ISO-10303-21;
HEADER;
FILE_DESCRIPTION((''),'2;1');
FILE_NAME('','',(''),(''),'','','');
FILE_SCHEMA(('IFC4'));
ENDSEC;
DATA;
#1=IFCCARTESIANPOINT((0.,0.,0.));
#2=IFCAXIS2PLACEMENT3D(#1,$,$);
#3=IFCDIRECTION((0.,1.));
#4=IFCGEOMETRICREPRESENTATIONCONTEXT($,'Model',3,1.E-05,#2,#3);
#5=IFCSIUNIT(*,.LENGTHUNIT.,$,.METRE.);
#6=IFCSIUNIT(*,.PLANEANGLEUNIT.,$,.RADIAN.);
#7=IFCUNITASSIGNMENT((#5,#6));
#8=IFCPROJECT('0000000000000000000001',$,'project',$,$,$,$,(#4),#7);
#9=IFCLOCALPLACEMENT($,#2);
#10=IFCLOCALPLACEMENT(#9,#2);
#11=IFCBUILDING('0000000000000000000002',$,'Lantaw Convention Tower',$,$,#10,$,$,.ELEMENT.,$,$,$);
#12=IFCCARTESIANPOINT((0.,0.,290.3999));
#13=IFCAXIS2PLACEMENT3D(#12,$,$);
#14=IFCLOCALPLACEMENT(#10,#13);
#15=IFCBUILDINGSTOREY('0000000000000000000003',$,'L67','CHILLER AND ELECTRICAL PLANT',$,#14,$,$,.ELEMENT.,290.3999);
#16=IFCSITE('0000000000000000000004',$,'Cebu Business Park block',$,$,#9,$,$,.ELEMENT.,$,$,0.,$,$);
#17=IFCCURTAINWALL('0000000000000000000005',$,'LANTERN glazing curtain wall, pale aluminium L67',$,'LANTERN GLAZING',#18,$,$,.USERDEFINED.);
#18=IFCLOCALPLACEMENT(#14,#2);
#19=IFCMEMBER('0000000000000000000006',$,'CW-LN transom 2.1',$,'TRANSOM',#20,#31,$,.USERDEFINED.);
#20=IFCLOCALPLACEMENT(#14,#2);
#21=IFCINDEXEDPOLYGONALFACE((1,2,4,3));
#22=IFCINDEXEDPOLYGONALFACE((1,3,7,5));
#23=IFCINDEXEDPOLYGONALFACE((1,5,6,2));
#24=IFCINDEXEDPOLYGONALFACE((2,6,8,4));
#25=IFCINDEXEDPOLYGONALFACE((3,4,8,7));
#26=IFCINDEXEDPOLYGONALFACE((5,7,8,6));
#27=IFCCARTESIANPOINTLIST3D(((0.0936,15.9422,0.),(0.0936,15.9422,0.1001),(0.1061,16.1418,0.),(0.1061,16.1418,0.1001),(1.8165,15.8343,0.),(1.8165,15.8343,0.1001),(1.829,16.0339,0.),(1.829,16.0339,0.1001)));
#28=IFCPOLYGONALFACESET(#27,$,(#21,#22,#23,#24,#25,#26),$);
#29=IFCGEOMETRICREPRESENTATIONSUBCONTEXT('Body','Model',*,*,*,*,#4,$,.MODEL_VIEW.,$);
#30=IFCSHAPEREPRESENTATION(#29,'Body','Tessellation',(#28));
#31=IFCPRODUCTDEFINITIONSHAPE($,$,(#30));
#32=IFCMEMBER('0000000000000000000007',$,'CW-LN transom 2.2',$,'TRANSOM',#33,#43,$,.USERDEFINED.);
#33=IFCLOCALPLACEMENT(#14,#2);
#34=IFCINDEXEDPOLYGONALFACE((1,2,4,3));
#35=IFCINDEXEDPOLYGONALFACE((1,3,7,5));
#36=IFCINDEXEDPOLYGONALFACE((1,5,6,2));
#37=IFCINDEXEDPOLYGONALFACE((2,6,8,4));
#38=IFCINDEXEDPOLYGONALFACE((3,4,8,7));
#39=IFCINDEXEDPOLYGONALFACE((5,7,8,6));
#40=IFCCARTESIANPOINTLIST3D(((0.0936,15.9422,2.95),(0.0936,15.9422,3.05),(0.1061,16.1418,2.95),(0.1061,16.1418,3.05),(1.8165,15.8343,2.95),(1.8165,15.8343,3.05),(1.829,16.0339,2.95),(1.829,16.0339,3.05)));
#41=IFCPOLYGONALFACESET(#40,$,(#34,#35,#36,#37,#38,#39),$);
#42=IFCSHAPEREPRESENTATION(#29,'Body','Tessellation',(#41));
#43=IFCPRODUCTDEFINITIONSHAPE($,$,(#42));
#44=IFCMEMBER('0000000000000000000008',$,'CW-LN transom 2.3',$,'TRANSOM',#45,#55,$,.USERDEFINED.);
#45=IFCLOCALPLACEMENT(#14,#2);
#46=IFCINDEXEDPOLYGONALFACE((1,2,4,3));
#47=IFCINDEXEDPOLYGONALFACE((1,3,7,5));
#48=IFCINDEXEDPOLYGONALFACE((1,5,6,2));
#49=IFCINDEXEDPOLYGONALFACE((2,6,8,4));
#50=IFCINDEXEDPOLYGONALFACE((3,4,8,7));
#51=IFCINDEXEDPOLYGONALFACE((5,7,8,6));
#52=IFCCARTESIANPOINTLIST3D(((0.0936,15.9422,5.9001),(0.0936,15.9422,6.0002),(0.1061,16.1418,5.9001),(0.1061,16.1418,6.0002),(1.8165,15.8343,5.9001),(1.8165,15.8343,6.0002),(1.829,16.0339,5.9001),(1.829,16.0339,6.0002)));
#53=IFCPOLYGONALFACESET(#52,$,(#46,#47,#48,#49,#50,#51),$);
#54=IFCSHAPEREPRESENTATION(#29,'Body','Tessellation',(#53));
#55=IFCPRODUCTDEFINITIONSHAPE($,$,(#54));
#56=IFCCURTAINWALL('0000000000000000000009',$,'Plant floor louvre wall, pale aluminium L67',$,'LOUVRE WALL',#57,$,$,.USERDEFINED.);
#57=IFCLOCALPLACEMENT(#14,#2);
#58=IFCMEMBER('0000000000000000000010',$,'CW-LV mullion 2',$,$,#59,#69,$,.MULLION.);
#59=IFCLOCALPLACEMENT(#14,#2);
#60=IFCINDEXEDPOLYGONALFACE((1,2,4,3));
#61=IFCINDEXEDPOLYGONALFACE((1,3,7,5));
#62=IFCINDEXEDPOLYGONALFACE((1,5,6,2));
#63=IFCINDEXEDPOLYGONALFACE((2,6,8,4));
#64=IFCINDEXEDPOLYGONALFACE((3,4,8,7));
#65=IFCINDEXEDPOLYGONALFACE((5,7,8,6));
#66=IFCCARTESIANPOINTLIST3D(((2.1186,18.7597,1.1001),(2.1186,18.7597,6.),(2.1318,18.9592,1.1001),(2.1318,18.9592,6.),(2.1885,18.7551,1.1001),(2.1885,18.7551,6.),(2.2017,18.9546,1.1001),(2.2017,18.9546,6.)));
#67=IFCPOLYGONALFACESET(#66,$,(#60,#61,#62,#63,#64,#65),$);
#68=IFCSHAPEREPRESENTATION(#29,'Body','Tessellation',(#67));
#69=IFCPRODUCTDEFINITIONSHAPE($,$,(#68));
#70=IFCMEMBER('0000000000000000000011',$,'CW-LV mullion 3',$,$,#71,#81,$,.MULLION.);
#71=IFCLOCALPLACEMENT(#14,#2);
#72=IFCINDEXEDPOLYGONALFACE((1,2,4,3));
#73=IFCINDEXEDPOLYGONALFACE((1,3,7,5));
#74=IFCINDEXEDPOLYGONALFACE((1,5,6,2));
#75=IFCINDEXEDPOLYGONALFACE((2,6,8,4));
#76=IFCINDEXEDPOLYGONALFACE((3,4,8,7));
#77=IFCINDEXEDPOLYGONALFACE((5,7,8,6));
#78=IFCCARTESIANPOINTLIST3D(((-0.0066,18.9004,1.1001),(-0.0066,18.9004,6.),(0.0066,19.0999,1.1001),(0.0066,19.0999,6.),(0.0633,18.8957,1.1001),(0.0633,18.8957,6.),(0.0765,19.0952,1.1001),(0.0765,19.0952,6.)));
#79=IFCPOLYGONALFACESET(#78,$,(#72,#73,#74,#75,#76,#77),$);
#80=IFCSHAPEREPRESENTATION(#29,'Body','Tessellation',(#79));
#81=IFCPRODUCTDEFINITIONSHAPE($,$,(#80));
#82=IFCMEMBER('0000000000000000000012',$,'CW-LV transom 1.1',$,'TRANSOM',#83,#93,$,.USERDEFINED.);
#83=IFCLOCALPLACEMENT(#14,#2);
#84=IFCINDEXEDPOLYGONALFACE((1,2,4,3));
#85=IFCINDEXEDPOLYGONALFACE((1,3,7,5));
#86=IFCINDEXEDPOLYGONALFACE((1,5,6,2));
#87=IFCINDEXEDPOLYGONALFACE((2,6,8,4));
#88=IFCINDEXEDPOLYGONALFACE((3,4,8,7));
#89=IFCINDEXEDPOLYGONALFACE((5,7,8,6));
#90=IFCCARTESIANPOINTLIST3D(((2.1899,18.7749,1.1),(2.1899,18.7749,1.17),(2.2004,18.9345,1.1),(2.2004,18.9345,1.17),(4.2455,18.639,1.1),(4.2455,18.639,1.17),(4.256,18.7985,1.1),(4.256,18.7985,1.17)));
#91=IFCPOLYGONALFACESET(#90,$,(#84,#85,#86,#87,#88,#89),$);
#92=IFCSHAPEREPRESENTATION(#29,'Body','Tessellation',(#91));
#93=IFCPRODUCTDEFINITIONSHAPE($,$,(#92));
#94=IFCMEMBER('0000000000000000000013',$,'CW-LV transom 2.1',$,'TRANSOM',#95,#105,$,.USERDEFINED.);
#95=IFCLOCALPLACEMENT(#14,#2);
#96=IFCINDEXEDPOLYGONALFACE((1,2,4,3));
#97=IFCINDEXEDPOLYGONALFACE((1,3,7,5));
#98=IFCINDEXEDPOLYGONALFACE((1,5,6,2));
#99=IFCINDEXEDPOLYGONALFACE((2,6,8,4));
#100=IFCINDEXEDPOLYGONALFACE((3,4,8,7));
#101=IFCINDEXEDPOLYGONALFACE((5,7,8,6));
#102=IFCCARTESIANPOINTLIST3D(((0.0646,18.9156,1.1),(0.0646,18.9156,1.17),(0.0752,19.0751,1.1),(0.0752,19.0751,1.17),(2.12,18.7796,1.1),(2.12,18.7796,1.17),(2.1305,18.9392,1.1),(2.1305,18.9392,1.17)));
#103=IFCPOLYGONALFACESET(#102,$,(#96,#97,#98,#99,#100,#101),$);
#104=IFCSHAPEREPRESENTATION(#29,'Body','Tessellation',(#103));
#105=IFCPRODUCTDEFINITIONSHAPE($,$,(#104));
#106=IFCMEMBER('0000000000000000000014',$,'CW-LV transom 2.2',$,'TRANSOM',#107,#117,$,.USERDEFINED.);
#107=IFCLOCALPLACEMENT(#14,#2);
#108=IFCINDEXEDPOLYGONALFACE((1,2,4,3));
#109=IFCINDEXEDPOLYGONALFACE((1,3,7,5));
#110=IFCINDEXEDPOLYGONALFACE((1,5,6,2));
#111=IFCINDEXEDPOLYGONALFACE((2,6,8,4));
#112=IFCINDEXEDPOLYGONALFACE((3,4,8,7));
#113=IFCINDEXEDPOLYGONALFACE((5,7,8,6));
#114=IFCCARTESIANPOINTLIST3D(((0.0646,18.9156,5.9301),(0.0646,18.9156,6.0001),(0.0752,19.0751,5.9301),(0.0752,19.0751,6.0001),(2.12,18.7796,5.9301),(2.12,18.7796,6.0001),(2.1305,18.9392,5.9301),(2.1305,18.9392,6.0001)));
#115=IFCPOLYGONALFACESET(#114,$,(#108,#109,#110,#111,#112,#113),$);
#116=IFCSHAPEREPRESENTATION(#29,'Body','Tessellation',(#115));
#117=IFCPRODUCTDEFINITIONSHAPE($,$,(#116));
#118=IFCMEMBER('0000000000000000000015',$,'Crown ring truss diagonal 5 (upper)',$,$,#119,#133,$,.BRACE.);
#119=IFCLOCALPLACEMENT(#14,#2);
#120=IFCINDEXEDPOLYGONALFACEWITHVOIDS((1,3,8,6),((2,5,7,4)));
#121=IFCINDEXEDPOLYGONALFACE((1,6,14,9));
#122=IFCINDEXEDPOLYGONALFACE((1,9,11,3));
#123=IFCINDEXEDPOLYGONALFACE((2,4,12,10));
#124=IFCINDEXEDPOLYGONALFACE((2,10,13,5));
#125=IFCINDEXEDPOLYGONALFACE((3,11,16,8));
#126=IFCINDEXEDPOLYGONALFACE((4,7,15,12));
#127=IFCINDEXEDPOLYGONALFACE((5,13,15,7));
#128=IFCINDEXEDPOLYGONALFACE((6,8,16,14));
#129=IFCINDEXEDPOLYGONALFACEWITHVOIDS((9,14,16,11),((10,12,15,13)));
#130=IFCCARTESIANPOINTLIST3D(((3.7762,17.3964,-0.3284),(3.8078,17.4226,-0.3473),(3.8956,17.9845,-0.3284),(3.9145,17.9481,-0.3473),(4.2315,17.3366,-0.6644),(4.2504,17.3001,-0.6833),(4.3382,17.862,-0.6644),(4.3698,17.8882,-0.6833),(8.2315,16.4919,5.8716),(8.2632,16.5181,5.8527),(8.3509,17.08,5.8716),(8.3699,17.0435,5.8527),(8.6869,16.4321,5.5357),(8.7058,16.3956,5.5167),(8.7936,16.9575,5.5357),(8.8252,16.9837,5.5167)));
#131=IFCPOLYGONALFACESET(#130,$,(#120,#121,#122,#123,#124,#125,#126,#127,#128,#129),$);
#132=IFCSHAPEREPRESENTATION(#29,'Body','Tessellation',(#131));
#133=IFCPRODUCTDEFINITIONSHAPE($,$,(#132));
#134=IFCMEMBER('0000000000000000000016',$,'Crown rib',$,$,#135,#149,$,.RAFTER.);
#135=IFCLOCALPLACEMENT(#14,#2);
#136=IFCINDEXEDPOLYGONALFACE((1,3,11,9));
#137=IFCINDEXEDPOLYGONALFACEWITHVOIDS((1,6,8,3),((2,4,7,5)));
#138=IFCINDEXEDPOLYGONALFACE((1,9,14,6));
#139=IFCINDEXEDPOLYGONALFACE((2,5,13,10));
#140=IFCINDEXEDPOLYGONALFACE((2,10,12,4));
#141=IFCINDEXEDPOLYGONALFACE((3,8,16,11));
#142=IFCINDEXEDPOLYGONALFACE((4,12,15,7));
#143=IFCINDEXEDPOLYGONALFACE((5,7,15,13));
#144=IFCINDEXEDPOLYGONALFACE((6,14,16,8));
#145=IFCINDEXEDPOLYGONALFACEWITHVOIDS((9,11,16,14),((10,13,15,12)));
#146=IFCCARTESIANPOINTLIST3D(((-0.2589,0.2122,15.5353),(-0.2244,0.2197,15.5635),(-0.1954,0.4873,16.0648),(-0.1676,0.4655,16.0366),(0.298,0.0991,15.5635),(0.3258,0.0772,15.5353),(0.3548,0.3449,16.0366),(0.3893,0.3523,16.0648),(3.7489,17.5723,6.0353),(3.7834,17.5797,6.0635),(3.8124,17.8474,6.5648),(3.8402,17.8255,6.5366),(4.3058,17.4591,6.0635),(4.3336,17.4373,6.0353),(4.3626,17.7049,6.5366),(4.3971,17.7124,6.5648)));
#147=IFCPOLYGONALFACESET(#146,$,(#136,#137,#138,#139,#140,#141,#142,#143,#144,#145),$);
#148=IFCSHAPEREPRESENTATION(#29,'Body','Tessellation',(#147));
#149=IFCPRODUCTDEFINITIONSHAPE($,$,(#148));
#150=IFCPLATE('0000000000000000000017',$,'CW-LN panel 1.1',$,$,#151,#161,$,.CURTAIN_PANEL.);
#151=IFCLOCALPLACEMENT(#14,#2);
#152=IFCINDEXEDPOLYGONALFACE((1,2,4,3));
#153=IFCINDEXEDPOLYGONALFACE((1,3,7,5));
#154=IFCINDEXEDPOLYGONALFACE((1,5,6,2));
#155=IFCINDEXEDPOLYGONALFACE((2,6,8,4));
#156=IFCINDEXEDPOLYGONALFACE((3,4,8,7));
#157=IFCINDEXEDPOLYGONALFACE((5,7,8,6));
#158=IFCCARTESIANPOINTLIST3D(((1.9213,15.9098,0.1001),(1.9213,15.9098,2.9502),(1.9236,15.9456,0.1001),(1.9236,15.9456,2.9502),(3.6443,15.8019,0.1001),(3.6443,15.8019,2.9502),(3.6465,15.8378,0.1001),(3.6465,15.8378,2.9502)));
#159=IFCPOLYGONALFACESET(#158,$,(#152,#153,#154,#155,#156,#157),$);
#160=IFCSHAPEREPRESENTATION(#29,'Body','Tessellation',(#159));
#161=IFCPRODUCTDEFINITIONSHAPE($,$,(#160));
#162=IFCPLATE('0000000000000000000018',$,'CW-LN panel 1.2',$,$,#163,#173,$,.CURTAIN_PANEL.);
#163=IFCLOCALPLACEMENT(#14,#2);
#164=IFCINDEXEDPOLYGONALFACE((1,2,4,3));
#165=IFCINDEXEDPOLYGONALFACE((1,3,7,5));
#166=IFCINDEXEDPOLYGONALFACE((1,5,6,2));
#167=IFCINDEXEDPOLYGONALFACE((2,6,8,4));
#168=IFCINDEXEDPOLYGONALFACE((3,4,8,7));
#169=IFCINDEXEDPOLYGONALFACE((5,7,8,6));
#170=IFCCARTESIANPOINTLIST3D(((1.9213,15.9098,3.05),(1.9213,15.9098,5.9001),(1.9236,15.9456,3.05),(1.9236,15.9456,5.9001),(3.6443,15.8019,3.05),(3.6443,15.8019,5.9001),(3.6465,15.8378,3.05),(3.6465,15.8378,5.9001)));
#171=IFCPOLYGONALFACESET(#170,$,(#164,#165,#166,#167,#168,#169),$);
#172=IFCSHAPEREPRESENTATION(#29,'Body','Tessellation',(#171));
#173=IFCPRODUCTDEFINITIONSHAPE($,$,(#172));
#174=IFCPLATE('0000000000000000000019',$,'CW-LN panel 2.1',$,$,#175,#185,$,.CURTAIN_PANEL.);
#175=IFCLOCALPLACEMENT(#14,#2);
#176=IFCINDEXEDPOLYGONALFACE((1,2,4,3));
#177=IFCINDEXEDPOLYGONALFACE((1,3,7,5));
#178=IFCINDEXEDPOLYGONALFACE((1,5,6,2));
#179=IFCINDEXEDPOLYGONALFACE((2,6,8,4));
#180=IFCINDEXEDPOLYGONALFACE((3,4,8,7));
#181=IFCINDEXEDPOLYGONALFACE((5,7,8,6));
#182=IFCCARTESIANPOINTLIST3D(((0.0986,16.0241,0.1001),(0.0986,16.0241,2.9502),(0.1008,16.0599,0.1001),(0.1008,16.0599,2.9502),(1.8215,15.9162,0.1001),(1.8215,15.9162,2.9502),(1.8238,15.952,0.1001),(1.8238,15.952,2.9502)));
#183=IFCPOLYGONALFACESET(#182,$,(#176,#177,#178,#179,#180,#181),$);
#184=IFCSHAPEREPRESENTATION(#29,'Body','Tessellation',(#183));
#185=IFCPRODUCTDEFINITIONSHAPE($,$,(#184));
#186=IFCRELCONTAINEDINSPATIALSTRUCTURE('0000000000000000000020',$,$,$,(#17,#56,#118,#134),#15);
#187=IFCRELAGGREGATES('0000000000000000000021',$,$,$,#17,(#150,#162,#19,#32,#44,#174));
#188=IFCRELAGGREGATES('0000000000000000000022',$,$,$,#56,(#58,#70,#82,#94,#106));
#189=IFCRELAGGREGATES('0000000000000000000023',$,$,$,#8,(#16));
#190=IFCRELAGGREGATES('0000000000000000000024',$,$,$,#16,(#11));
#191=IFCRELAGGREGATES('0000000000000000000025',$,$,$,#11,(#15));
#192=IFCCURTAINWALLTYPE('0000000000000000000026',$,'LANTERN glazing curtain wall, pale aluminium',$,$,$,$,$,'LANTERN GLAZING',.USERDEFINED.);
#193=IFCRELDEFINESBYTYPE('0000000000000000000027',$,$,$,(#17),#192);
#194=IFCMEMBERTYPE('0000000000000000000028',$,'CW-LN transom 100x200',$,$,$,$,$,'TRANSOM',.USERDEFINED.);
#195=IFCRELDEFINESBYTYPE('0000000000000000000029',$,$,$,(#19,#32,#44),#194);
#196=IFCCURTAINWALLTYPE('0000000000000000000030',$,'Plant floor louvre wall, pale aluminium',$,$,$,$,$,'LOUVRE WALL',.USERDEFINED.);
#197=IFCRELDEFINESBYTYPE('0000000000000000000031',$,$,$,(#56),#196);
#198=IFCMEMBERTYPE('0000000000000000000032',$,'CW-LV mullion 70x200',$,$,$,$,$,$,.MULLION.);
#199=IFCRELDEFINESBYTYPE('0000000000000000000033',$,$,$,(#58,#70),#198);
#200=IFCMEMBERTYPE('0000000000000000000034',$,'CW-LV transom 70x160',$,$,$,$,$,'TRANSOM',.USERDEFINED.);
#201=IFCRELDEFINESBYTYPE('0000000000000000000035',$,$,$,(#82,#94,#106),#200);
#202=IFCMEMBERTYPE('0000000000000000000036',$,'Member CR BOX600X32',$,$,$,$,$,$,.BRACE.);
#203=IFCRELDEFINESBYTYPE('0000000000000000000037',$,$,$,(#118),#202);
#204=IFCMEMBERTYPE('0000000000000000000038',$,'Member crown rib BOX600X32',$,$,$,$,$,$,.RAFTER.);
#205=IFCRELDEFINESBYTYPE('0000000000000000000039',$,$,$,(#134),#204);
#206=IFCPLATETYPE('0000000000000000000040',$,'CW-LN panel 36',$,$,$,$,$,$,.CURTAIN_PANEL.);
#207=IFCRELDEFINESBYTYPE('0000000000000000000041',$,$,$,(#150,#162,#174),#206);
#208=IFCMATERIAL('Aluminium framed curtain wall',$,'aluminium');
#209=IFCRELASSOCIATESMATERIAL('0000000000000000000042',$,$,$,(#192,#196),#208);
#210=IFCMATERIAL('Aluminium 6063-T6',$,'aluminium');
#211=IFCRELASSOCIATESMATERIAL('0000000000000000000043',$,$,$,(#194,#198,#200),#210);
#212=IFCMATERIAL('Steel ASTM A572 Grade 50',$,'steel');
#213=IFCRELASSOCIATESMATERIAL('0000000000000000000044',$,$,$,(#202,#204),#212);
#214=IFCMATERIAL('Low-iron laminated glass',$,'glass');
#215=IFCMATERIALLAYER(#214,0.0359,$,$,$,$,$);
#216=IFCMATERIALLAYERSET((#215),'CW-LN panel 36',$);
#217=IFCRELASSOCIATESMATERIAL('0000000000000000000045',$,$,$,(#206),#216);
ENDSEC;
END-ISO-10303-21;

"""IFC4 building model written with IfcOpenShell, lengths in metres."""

from ifc_helpers import new_model, si_unit, direction, frame, origin, origin_2d, place, context, subcontext, project, spatial, rectangle, hollow_rectangle, extrude, material, layer, layer_set, material_profile, profile_set, type_object, element, aggregate, save


model = new_model("IFC4")

# Units and contexts
model_context = context("Model", 3, precision=1e-05, world=origin(), true_north=direction((0.0, 1.0)))
body_context = subcontext(model_context, "Body", "Model", "MODEL_VIEW")
ifc_project = project(units=[si_unit("LENGTHUNIT", "METRE"), si_unit("PLANEANGLEUNIT", "RADIAN")], contexts=[model_context])

# Site, building, storey
site_placement = place(None, origin())
site = spatial("IfcSite", under=ifc_project, at=site_placement, Name="Cebu Business Park block", CompositionType="ELEMENT", RefElevation=0.0)
building_placement = place(site_placement, origin())
building = spatial("IfcBuilding", under=site, at=building_placement, Name="Lantaw Convention Tower", CompositionType="ELEMENT")
storey_placement = place(building_placement, frame((0.0, 0.0, 290.3999)))
storey = spatial("IfcBuildingStorey", under=building, at=storey_placement, Name="L67", Description="CHILLER AND ELECTRICAL PLANT", CompositionType="ELEMENT", Elevation=290.3999)

# Shared definitions
ifc_material_1 = material(Name="Steel ASTM A572 Grade 50", Category="steel")

# Shared definitions
ifc_material_2 = material(Name="Aluminium framed curtain wall", Category="aluminium")
curtain_wall_type_1 = type_object("IfcCurtainWallType", Name="LANTERN glazing curtain wall, pale aluminium", ElementType="LANTERN GLAZING", PredefinedType="USERDEFINED", material=ifc_material_2)
ifc_material_3 = material(Name="Aluminium 6063-T6", Category="aluminium")

# Curtain walls, members
curtain_wall_1_placement = place(storey_placement, origin())
curtain_wall_1 = element("IfcCurtainWall", 1, at=curtain_wall_1_placement, inside=storey, type_object=curtain_wall_type_1, Name="LANTERN glazing curtain wall, pale aluminium L67", ObjectType="LANTERN GLAZING", PredefinedType="USERDEFINED")
ifc_material_profile_1 = material_profile(ifc_material_3, rectangle(XDim=0.2, YDim=0.1001, at=origin_2d()), Name="CW-LN transom 100x200")
ifc_profile_set_1 = profile_set([ifc_material_profile_1], Name="Aluminium 6063-T6")
member_type_1 = type_object("IfcMemberType", Name="CW-LN transom 100x200", ElementType="TRANSOM", PredefinedType="USERDEFINED", material=ifc_profile_set_1)
member_1_placement = place(storey_placement, frame((1.8228, 15.9341, 0.05), z_axis=(-0.998044, 0.06251, 0.0), x_axis=(-0.06251, -0.998044, 0.0)))
member_1 = element("IfcMember", 2, at=member_1_placement, type_object=member_type_1, Name="CW-LN transom 2.1", ObjectType="TRANSOM", PredefinedType="USERDEFINED", context=body_context, shape_type="SweptSolid", body=[
    extrude(rectangle(XDim=0.2, YDim=0.1001, at=origin_2d()), origin(), (0.0, 0.0, 1.0), 1.7263),
])
member_2_placement = place(storey_placement, frame((1.8228, 15.9341, 3.0), z_axis=(-0.998044, 0.06251, 0.0), x_axis=(-0.06251, -0.998044, 0.0)))
member_2 = element("IfcMember", 3, at=member_2_placement, type_object=member_type_1, Name="CW-LN transom 2.2", ObjectType="TRANSOM", PredefinedType="USERDEFINED", context=body_context, shape_type="SweptSolid", body=[
    extrude(rectangle(XDim=0.2, YDim=0.1001, at=origin_2d()), origin(), (0.0, 0.0, 1.0), 1.7263),
])
member_3_placement = place(storey_placement, frame((1.8228, 15.9341, 5.9502), z_axis=(-0.998044, 0.06251, 0.0), x_axis=(-0.06251, -0.998044, 0.0)))
member_3 = element("IfcMember", 4, at=member_3_placement, type_object=member_type_1, Name="CW-LN transom 2.3", ObjectType="TRANSOM", PredefinedType="USERDEFINED", context=body_context, shape_type="SweptSolid", body=[
    extrude(rectangle(XDim=0.2, YDim=0.1001, at=origin_2d()), origin(), (0.0, 0.0, 1.0), 1.7263),
])
curtain_wall_type_2 = type_object("IfcCurtainWallType", Name="Plant floor louvre wall, pale aluminium", ElementType="LOUVRE WALL", PredefinedType="USERDEFINED", material=ifc_material_2)
curtain_wall_2_placement = place(storey_placement, origin())
curtain_wall_2 = element("IfcCurtainWall", 5, at=curtain_wall_2_placement, inside=storey, type_object=curtain_wall_type_2, Name="Plant floor louvre wall, pale aluminium L67", ObjectType="LOUVRE WALL", PredefinedType="USERDEFINED")
ifc_material_profile_2 = material_profile(ifc_material_3, rectangle(XDim=0.2, YDim=0.0701, at=origin_2d()), Name="CW-LV mullion 70x200")
ifc_profile_set_2 = profile_set([ifc_material_profile_2], Name="Aluminium 6063-T6")
member_type_2 = type_object("IfcMemberType", Name="CW-LV mullion 70x200", PredefinedType="MULLION", material=ifc_profile_set_2)
member_4_placement = place(storey_placement, frame((2.1602, 18.8572, 1.1001), z_axis=(0.0, 0.0, 1.0), x_axis=(-0.066025, -0.997818, 0.0)))
member_4 = element("IfcMember", 6, at=member_4_placement, type_object=member_type_2, Name="CW-LV mullion 2", PredefinedType="MULLION", context=body_context, shape_type="SweptSolid", body=[
    extrude(rectangle(XDim=0.2, YDim=0.0701, at=origin_2d()), origin(), (0.0, 0.0, 1.0), 4.8999),
])
member_5_placement = place(storey_placement, frame((0.0349, 18.9978, 1.1001), z_axis=(0.0, 0.0, 1.0), x_axis=(-0.066025, -0.997818, 0.0)))
member_5 = element("IfcMember", 7, at=member_5_placement, type_object=member_type_2, Name="CW-LV mullion 3", PredefinedType="MULLION", context=body_context, shape_type="SweptSolid", body=[
    extrude(rectangle(XDim=0.2, YDim=0.0701, at=origin_2d()), origin(), (0.0, 0.0, 1.0), 4.8999),
])
ifc_material_profile_3 = material_profile(ifc_material_3, rectangle(XDim=0.1599, YDim=0.0701, at=origin_2d()), Name="CW-LV transom 70x160")
ifc_profile_set_3 = profile_set([ifc_material_profile_3], Name="Aluminium 6063-T6")
member_type_3 = type_object("IfcMemberType", Name="CW-LV transom 70x160", ElementType="TRANSOM", PredefinedType="USERDEFINED", material=ifc_profile_set_3)
member_6_placement = place(storey_placement, frame((4.2507, 18.7188, 1.135), z_axis=(-0.997819, 0.066008, 0.0), x_axis=(-0.066008, -0.997819, 0.0)))
member_6 = element("IfcMember", 8, at=member_6_placement, type_object=member_type_3, Name="CW-LV transom 1.1", ObjectType="TRANSOM", PredefinedType="USERDEFINED", context=body_context, shape_type="SweptSolid", body=[
    extrude(rectangle(XDim=0.1599, YDim=0.0701, at=origin_2d()), origin(), (0.0, 0.0, 1.0), 2.0601),
])
member_7_placement = place(storey_placement, frame((2.1252, 18.8594, 1.135), z_axis=(-0.997819, 0.066016, 0.0), x_axis=(-0.066016, -0.997819, 0.0)))
member_7 = element("IfcMember", 9, at=member_7_placement, type_object=member_type_3, Name="CW-LV transom 2.1", ObjectType="TRANSOM", PredefinedType="USERDEFINED", context=body_context, shape_type="SweptSolid", body=[
    extrude(rectangle(XDim=0.1599, YDim=0.0701, at=origin_2d()), origin(), (0.0, 0.0, 1.0), 2.0598),
])
member_8_placement = place(storey_placement, frame((2.1252, 18.8594, 5.9651), z_axis=(-0.997819, 0.066016, 0.0), x_axis=(-0.066016, -0.997819, 0.0)))
member_8 = element("IfcMember", 10, at=member_8_placement, type_object=member_type_3, Name="CW-LV transom 2.2", ObjectType="TRANSOM", PredefinedType="USERDEFINED", context=body_context, shape_type="SweptSolid", body=[
    extrude(rectangle(XDim=0.1599, YDim=0.0701, at=origin_2d()), origin(), (0.0, 0.0, 1.0), 2.0598),
])

# Members
ifc_material_profile_4 = material_profile(ifc_material_1, hollow_rectangle(XDim=0.6001, YDim=0.6001, WallThickness=0.032, at=origin_2d()), Name="BOX600X32")
ifc_profile_set_4 = profile_set([ifc_material_profile_4], Name="Steel ASTM A572 Grade 50")
member_type_4 = type_object("IfcMemberType", Name="Member CR BOX600X32", PredefinedType="BRACE", material=ifc_profile_set_4)
member_9_placement = place(storey_placement, frame((4.073, 17.6423, -0.5059), z_axis=(0.579506, -0.117654, 0.806431), x_axis=(0.198966, 0.980006, 0.0)))
element("IfcMember", 11, at=member_9_placement, inside=storey, type_object=member_type_4, Name="Crown ring truss diagonal 5 (upper)", PredefinedType="BRACE", context=body_context, shape_type="SweptSolid", body=[
    extrude(hollow_rectangle(XDim=0.6001, YDim=0.6001, WallThickness=0.032, at=origin_2d()), origin(), (0.0, 0.0, 1.0), 7.6882),
])
ifc_material_profile_5 = material_profile(ifc_material_1, hollow_rectangle(XDim=0.6001, YDim=0.6001, WallThickness=0.032, at=origin_2d()), Name="BOX600X32")
ifc_profile_set_5 = profile_set([ifc_material_profile_5], Name="Steel ASTM A572 Grade 50")
member_type_5 = type_object("IfcMemberType", Name="Member crown rib BOX600X32", PredefinedType="RAFTER", material=ifc_profile_set_5)
member_10_placement = place(storey_placement, frame((4.073, 17.6423, 6.3), z_axis=(-0.198493, -0.859784, 0.470501), x_axis=(0.974371, -0.224947, 0.0)))
element("IfcMember", 12, at=member_10_placement, inside=storey, type_object=member_type_5, Name="Crown rib", PredefinedType="RAFTER", context=body_context, shape_type="SweptSolid", body=[
    extrude(hollow_rectangle(XDim=0.6001, YDim=0.6001, WallThickness=0.032, at=origin_2d()), origin(), (0.0, 0.0, 1.0), 20.1912),
])

# Plates
ifc_material_4 = material(Name="Low-iron laminated glass", Category="glass")
ifc_layer_1 = layer(ifc_material_4, 0.0359)
ifc_layer_set_1 = layer_set([ifc_layer_1], Name="CW-LN panel 36")
plate_type_1 = type_object("IfcPlateType", Name="CW-LN panel 36", PredefinedType="CURTAIN_PANEL", material=ifc_layer_set_1)
plate_1_placement = place(storey_placement, frame((2.7839, 15.8738, 0.1001), z_axis=(0.0, 0.0, 1.0), x_axis=(-0.998046, 0.062489, 0.0)))
plate_1 = element("IfcPlate", 13, at=plate_1_placement, type_object=plate_type_1, Name="CW-LN panel 1.1", PredefinedType="CURTAIN_PANEL", context=body_context, shape_type="SweptSolid", body=[
    extrude(rectangle(XDim=1.7263, YDim=0.0359, at=origin_2d()), origin(), (0.0, 0.0, 1.0), 2.8501),
])
plate_2_placement = place(storey_placement, frame((2.7839, 15.8738, 3.05), z_axis=(0.0, 0.0, 1.0), x_axis=(-0.998046, 0.062489, 0.0)))
plate_2 = element("IfcPlate", 14, at=plate_2_placement, type_object=plate_type_1, Name="CW-LN panel 1.2", PredefinedType="CURTAIN_PANEL", context=body_context, shape_type="SweptSolid", body=[
    extrude(rectangle(XDim=1.7263, YDim=0.0359, at=origin_2d()), origin(), (0.0, 0.0, 1.0), 2.8501),
])
plate_3_placement = place(storey_placement, frame((0.9612, 15.988, 0.1001), z_axis=(0.0, 0.0, 1.0), x_axis=(-0.998046, 0.062489, 0.0)))
plate_3 = element("IfcPlate", 15, at=plate_3_placement, type_object=plate_type_1, Name="CW-LN panel 2.1", PredefinedType="CURTAIN_PANEL", context=body_context, shape_type="SweptSolid", body=[
    extrude(rectangle(XDim=1.7263, YDim=0.0359, at=origin_2d()), origin(), (0.0, 0.0, 1.0), 2.8501),
])
aggregate(curtain_wall_1, [plate_1, plate_2, member_1, member_2, member_3, plate_3])
aggregate(curtain_wall_2, [member_4, member_5, member_6, member_7, member_8])

save(model, "model.ifc")
